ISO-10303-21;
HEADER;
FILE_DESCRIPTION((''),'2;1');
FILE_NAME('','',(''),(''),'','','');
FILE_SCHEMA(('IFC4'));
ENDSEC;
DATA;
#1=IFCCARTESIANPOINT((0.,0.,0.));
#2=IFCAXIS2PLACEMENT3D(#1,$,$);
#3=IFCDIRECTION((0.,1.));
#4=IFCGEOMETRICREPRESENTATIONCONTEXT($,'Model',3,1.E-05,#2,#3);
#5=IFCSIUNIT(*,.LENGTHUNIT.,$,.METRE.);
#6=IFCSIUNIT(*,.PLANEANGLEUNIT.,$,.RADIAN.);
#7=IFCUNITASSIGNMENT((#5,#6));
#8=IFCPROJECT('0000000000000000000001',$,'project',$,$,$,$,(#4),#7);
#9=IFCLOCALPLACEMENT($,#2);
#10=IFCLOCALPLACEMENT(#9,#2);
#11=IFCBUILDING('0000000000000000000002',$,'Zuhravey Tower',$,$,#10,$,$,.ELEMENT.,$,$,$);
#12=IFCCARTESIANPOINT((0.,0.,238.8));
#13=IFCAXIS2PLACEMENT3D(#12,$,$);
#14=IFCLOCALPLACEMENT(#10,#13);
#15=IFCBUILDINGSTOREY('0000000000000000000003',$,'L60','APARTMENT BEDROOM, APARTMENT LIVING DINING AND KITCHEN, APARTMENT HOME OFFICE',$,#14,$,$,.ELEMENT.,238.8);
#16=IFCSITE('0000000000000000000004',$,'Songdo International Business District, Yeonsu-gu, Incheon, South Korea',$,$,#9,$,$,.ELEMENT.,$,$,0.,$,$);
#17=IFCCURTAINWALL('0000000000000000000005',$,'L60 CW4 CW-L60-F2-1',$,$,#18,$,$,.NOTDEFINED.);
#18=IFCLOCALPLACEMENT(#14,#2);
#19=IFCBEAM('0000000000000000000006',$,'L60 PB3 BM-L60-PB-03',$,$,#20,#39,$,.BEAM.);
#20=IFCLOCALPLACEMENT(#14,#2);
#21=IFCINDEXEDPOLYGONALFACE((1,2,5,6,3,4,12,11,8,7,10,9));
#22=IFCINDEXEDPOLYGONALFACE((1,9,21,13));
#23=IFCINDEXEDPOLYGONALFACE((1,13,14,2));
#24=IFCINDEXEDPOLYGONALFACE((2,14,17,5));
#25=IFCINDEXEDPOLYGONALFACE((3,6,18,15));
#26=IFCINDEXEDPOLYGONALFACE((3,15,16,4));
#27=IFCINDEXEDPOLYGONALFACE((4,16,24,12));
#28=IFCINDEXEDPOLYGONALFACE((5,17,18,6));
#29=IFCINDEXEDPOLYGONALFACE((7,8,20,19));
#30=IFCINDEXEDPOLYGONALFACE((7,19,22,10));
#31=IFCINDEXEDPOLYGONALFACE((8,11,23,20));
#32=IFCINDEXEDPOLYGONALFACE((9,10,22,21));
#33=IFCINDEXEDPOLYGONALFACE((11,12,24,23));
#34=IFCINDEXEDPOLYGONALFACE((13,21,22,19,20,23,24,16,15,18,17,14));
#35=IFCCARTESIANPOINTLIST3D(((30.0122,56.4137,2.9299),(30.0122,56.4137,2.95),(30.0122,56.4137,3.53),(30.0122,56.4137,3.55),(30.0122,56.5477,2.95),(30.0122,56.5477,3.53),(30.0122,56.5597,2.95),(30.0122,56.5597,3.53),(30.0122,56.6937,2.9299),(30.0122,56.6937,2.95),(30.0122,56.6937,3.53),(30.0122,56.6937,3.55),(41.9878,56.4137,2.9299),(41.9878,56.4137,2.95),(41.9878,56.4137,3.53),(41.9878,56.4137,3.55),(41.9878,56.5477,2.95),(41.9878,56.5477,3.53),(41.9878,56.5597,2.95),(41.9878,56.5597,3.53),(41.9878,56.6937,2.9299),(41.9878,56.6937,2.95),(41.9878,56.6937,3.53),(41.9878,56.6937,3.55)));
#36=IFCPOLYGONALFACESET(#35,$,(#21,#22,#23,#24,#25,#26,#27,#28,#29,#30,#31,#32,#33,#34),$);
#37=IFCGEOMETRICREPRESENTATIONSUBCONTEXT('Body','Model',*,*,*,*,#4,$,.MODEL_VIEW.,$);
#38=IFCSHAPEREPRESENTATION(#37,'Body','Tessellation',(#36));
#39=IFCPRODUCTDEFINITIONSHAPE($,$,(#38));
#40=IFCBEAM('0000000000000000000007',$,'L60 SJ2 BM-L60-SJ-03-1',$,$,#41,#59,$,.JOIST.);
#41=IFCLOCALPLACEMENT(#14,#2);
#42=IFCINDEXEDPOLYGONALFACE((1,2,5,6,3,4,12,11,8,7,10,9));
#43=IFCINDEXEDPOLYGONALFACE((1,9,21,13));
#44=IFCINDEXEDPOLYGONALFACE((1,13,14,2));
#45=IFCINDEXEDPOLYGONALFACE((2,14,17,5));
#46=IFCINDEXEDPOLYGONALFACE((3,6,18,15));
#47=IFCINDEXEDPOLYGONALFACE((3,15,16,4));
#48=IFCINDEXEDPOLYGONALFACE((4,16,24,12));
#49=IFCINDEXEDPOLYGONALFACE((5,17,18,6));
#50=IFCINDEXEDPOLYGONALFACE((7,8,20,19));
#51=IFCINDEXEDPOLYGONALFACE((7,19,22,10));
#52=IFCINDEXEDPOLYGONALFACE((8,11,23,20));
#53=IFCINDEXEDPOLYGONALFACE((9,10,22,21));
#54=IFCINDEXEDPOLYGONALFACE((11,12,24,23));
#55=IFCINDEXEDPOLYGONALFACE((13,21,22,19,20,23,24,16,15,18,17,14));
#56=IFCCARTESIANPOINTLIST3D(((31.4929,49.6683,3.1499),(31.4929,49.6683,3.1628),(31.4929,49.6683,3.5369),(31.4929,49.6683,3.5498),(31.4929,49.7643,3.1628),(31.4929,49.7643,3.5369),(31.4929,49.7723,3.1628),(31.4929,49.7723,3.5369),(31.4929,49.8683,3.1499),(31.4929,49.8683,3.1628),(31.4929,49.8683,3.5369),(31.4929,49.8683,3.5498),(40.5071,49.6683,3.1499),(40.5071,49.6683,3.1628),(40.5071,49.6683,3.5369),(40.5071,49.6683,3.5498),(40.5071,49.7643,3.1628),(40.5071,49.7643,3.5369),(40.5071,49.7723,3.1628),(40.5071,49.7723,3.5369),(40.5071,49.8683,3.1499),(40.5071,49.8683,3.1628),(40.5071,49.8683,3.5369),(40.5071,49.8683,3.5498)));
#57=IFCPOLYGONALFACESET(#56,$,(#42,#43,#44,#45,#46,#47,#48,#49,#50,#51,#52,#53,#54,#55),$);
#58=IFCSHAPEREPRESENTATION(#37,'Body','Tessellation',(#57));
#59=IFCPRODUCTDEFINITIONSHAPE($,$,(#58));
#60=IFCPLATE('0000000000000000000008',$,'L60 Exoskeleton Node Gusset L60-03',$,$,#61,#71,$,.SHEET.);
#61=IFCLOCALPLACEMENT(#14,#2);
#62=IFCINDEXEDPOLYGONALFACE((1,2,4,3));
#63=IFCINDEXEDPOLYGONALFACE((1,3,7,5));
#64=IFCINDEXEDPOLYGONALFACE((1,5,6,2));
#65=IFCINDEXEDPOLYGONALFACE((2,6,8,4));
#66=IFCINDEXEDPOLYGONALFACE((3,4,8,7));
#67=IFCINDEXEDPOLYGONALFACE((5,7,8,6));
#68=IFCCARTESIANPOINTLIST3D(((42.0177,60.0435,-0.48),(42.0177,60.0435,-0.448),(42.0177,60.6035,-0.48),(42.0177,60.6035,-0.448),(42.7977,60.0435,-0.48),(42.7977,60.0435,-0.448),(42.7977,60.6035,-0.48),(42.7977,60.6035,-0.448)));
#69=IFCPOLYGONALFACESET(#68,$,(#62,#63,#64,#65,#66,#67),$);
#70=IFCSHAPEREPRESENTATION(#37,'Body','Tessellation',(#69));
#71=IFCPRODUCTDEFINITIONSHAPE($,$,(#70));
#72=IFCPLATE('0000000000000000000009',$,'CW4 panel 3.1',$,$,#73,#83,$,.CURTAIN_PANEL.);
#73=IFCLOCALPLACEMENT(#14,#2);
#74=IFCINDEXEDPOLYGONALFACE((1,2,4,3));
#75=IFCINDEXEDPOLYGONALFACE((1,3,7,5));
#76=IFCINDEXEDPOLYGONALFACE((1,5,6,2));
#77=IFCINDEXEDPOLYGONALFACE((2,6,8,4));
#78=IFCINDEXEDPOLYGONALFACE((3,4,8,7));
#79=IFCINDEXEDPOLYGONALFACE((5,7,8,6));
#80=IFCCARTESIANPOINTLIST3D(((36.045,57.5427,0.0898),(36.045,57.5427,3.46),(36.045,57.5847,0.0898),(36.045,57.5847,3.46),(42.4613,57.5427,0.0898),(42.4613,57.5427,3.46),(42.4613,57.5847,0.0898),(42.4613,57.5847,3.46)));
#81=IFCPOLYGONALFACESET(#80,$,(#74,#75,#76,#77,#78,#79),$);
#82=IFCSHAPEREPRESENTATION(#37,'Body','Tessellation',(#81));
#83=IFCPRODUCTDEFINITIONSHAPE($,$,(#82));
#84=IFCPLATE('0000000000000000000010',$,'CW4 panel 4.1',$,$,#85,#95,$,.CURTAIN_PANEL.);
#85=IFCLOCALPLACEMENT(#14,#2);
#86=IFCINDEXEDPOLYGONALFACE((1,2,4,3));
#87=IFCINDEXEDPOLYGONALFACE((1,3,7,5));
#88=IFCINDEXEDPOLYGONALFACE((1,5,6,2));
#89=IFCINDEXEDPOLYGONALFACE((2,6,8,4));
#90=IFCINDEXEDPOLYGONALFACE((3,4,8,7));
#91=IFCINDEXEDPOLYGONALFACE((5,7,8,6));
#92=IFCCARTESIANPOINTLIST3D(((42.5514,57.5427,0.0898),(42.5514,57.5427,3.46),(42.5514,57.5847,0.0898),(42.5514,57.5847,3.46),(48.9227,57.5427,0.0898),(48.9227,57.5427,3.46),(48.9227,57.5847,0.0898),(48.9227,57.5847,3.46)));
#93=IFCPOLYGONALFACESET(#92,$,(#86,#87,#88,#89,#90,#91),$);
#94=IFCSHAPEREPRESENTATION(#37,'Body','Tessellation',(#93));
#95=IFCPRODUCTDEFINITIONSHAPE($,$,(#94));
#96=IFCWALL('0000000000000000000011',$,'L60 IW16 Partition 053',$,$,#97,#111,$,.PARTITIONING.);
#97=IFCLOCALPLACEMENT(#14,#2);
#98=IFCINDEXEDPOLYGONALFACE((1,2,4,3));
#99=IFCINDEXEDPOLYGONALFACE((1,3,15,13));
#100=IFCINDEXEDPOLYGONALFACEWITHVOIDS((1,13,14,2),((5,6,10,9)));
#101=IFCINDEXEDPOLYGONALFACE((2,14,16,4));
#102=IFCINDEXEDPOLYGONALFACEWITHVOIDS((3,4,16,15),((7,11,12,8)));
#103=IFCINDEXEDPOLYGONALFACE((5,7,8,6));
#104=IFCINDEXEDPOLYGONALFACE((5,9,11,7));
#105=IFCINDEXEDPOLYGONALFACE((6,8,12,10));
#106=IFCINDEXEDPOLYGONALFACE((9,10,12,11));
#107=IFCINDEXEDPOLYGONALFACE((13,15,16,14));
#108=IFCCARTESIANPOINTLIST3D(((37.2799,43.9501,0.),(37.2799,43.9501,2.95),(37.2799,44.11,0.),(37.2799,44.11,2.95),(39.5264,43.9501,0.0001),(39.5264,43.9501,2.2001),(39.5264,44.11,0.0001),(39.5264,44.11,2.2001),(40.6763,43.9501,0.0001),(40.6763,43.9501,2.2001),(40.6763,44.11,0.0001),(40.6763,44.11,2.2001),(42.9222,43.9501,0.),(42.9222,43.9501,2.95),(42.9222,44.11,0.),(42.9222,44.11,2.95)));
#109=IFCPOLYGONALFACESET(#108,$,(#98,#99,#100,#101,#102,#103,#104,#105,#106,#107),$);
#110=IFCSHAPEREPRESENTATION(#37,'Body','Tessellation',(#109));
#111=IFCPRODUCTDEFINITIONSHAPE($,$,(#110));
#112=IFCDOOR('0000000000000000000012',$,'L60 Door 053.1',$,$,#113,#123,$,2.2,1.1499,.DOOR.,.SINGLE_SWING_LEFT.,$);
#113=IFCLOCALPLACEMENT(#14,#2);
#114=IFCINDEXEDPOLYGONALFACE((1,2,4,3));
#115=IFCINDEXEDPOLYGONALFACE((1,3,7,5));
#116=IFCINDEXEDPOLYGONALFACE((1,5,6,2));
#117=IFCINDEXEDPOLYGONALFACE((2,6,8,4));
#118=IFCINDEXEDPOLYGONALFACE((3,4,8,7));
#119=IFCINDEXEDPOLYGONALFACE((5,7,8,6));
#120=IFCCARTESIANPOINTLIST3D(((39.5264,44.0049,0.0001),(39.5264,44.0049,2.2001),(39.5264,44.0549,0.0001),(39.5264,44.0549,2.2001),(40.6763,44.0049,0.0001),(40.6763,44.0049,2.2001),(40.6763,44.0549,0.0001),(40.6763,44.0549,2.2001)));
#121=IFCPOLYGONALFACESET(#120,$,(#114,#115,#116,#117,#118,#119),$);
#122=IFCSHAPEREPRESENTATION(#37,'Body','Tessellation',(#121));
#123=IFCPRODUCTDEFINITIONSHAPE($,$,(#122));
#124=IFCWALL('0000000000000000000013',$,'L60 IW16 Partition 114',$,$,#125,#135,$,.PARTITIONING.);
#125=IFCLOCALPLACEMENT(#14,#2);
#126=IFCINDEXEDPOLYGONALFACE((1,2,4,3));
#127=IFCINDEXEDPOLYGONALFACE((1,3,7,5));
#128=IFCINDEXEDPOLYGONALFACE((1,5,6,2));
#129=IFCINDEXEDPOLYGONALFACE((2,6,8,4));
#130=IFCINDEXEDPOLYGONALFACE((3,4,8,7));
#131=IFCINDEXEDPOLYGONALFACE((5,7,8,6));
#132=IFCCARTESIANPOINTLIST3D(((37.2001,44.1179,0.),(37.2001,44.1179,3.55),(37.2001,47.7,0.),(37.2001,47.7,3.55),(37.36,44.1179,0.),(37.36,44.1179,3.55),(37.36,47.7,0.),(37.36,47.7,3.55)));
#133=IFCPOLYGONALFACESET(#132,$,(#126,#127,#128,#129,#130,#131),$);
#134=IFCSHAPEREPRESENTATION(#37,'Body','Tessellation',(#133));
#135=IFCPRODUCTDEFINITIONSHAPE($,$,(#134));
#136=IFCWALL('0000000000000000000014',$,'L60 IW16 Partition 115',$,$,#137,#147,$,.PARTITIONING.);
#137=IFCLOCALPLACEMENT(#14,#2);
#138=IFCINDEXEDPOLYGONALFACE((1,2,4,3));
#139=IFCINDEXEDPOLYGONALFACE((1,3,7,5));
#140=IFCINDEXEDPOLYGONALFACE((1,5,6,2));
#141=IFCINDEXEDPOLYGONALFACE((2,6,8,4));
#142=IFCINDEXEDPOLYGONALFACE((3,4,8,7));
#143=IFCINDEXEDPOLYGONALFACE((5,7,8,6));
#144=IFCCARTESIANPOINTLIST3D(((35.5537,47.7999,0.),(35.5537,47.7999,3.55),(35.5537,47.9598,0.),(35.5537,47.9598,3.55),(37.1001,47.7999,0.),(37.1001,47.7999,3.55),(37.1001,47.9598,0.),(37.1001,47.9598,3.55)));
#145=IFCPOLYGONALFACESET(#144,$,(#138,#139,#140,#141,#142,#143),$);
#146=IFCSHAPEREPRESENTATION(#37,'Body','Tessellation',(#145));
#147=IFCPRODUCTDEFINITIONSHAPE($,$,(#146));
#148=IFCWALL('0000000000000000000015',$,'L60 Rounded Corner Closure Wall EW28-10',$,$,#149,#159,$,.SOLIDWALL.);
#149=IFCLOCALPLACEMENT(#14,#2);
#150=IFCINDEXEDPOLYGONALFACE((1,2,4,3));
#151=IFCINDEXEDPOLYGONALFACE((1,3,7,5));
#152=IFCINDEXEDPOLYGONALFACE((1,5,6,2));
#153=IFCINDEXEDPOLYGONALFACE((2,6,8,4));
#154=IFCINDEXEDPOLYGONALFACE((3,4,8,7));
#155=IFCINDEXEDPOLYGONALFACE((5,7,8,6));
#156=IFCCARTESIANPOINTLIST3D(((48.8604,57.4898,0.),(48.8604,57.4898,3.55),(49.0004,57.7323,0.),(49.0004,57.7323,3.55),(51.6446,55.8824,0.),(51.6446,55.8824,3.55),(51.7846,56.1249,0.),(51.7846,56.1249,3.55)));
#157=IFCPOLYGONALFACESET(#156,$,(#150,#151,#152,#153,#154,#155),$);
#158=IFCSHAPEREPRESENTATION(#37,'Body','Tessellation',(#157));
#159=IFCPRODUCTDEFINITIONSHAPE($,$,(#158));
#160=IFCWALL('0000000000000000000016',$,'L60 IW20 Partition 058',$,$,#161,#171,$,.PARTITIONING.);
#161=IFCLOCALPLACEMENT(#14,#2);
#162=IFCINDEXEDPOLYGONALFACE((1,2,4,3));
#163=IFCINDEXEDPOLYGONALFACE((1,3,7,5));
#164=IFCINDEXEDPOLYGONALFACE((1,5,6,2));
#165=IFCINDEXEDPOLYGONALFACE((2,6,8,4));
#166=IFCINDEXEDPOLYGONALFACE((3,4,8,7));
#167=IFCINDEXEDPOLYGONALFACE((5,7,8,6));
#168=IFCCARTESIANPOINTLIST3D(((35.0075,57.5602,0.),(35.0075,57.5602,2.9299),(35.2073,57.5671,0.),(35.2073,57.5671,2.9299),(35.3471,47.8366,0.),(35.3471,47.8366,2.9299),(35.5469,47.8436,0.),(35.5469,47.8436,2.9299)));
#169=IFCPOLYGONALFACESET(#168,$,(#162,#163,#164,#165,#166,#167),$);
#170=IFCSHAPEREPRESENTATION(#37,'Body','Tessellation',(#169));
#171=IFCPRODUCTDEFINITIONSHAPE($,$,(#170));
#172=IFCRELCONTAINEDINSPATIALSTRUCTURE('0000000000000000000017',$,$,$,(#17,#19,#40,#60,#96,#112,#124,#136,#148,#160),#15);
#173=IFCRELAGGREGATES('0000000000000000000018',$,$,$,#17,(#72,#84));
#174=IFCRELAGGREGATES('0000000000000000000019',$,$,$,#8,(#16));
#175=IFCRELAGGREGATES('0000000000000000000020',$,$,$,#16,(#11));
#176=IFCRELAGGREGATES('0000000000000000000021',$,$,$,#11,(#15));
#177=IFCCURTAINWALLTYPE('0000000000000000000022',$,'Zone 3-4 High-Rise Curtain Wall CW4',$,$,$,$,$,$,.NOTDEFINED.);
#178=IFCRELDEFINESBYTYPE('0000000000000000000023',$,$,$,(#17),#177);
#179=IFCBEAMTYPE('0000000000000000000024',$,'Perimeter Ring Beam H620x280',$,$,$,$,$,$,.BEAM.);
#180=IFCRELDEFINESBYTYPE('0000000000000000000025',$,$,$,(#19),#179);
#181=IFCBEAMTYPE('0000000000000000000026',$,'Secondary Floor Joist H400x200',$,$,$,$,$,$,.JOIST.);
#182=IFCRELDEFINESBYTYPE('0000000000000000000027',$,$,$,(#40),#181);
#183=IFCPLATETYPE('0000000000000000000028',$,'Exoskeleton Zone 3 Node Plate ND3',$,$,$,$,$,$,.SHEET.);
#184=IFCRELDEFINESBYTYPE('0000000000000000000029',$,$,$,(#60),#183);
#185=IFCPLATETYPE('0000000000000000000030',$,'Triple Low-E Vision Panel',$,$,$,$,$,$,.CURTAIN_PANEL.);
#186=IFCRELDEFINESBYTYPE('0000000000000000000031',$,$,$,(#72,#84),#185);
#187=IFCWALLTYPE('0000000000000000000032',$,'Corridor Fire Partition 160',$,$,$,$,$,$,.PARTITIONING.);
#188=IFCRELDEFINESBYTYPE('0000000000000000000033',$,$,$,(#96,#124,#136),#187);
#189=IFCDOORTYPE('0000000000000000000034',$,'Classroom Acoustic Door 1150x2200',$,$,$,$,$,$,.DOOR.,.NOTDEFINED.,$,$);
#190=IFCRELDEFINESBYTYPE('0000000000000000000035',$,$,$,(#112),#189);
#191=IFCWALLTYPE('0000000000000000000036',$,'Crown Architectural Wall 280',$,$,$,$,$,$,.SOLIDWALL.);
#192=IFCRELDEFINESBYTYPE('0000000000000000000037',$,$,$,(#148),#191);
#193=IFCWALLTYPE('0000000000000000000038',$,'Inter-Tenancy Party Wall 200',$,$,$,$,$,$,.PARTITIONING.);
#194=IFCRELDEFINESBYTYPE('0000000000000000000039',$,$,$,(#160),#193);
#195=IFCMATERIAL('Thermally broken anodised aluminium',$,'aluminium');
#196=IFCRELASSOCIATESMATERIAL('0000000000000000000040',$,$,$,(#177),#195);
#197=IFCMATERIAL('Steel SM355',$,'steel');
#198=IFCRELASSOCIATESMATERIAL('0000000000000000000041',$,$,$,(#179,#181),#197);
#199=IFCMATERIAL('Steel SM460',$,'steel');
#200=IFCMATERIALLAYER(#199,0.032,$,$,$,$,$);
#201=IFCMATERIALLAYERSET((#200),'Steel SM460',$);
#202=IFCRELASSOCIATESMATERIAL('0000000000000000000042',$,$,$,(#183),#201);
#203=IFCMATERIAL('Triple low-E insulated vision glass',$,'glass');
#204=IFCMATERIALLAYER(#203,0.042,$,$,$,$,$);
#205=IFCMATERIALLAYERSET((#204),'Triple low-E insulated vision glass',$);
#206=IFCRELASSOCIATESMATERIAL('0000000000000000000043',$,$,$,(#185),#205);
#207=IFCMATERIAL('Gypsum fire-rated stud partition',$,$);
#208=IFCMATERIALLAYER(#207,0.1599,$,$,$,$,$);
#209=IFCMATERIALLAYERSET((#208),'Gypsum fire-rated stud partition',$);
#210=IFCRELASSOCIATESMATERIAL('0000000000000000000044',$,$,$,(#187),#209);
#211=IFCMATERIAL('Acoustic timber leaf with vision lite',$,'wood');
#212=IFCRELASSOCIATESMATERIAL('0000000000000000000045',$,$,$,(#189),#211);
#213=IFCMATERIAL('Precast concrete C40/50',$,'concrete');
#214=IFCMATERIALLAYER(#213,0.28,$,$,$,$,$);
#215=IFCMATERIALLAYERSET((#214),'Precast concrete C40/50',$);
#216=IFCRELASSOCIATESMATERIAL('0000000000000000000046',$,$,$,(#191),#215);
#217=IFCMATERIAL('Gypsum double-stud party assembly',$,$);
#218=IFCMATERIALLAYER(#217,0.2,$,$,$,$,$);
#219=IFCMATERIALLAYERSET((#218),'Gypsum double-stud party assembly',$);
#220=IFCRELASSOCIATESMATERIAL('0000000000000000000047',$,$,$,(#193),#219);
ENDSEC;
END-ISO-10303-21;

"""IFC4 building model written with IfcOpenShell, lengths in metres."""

from ifc_helpers import new_model, si_unit, direction, frame, frame_2d, origin, origin_2d, place, context, subcontext, project, spatial, rectangle, i_section, extrude, material, layer, layer_set, material_profile, profile_set, type_object, element, fill, aggregate, save


model = new_model("IFC4")

# Units and contexts
model_context = context("Model", 3, precision=1e-05, world=origin(), true_north=direction((0.0, 1.0)))
body_context = subcontext(model_context, "Body", "Model", "MODEL_VIEW")
ifc_project = project(units=[si_unit("LENGTHUNIT", "METRE"), si_unit("PLANEANGLEUNIT", "RADIAN")], contexts=[model_context])

# Site, building, storey
site_placement = place(None, origin())
site = spatial("IfcSite", under=ifc_project, at=site_placement, Name="Songdo International Business District, Yeonsu-gu, Incheon, South Korea", CompositionType="ELEMENT", RefElevation=0.0)
building_placement = place(site_placement, origin())
building = spatial("IfcBuilding", under=site, at=building_placement, Name="Zuhravey Tower", CompositionType="ELEMENT")
storey_placement = place(building_placement, frame((0.0, 0.0, 238.8)))
storey = spatial("IfcBuildingStorey", under=building, at=storey_placement, Name="L60", Description="APARTMENT BEDROOM, APARTMENT LIVING DINING AND KITCHEN, APARTMENT HOME OFFICE", CompositionType="ELEMENT", Elevation=238.8)

# Curtain wall
ifc_material_1 = material(Name="Thermally broken anodised aluminium", Category="aluminium")
curtain_wall_type = type_object("IfcCurtainWallType", Name="Zone 3-4 High-Rise Curtain Wall CW4", PredefinedType="NOTDEFINED", material=ifc_material_1)
curtain_wall_placement = place(storey_placement, origin())
curtain_wall = element("IfcCurtainWall", 1, at=curtain_wall_placement, inside=storey, type_object=curtain_wall_type, Name="L60 CW4 CW-L60-F2-1", PredefinedType="NOTDEFINED")

# Shared definitions
ifc_material_2 = material(Name="Steel SM355", Category="steel")

# Beams
ifc_material_profile_1 = material_profile(ifc_material_2, i_section(OverallWidth=0.28, OverallDepth=0.6201, WebThickness=0.012, FlangeThickness=0.02, at=origin_2d()), Name="H-620x280x12x20")
ifc_profile_set_1 = profile_set([ifc_material_profile_1], Name="Steel SM355")
beam_type_1 = type_object("IfcBeamType", Name="Perimeter Ring Beam H620x280", PredefinedType="BEAM", material=ifc_profile_set_1)
beam_1_placement = place(storey_placement, frame((41.9878, 56.5537, 3.24), z_axis=(-1.0, 0.0, 0.0), x_axis=(0.0, -1.0, 0.0)))
element("IfcBeam", 2, at=beam_1_placement, inside=storey, type_object=beam_type_1, Name="L60 PB3 BM-L60-PB-03", PredefinedType="BEAM", context=body_context, shape_type="SweptSolid", body=[
    extrude(i_section(OverallWidth=0.28, OverallDepth=0.6201, WebThickness=0.012, FlangeThickness=0.02, at=origin_2d()), origin(), (0.0, 0.0, 1.0), 11.9756),
])
ifc_material_profile_2 = material_profile(ifc_material_2, i_section(OverallWidth=0.2, OverallDepth=0.3999, WebThickness=0.0081, FlangeThickness=0.0129, at=origin_2d()), Name="H-400x200x8x13")
ifc_profile_set_2 = profile_set([ifc_material_profile_2], Name="Steel SM355")
beam_type_2 = type_object("IfcBeamType", Name="Secondary Floor Joist H400x200", PredefinedType="JOIST", material=ifc_profile_set_2)
beam_2_placement = place(storey_placement, frame((40.5071, 49.7683, 3.3499), z_axis=(-1.0, 0.0, 0.0), x_axis=(0.0, -1.0, 0.0)))
element("IfcBeam", 3, at=beam_2_placement, inside=storey, type_object=beam_type_2, Name="L60 SJ2 BM-L60-SJ-03-1", PredefinedType="JOIST", context=body_context, shape_type="SweptSolid", body=[
    extrude(i_section(OverallWidth=0.2, OverallDepth=0.3999, WebThickness=0.0081, FlangeThickness=0.0129, at=origin_2d()), origin(), (0.0, 0.0, 1.0), 9.0142),
])

# Plates
ifc_material_3 = material(Name="Steel SM460", Category="steel")
ifc_layer_1 = layer(ifc_material_3, 0.032)
ifc_layer_set_1 = layer_set([ifc_layer_1], Name="Steel SM460")
plate_type_1 = type_object("IfcPlateType", Name="Exoskeleton Zone 3 Node Plate ND3", PredefinedType="SHEET", material=ifc_layer_set_1)
plate_1_placement = place(storey_placement, frame((42.4077, 60.3235, -0.48), z_axis=(0.0, 0.0, 1.0), x_axis=(-1.0, 0.0, 0.0)))
element("IfcPlate", 4, at=plate_1_placement, inside=storey, type_object=plate_type_1, Name="L60 Exoskeleton Node Gusset L60-03", PredefinedType="SHEET", context=body_context, shape_type="SweptSolid", body=[
    extrude(rectangle(XDim=0.78, YDim=0.5601, at=origin_2d()), origin(), (0.0, 0.0, 1.0), 0.032),
])
ifc_material_4 = material(Name="Triple low-E insulated vision glass", Category="glass")
ifc_layer_2 = layer(ifc_material_4, 0.042)
ifc_layer_set_2 = layer_set([ifc_layer_2], Name="Triple low-E insulated vision glass")
plate_type_2 = type_object("IfcPlateType", Name="Triple Low-E Vision Panel", PredefinedType="CURTAIN_PANEL", material=ifc_layer_set_2)
plate_2_placement = place(storey_placement, frame((39.2532, 57.5637, 0.0898), z_axis=(0.0, 0.0, 1.0), x_axis=(1.0, 0.0, 0.0)))
plate_2 = element("IfcPlate", 5, at=plate_2_placement, type_object=plate_type_2, Name="CW4 panel 3.1", PredefinedType="CURTAIN_PANEL", context=body_context, shape_type="SweptSolid", body=[
    extrude(rectangle(XDim=6.4163, YDim=0.042, at=origin_2d()), origin(), (0.0, 0.0, 1.0), 3.3701),
])
plate_3_placement = place(storey_placement, frame((45.7371, 57.5637, 0.0898), z_axis=(0.0, 0.0, 1.0), x_axis=(1.0, 0.0, 0.0)))
plate_3 = element("IfcPlate", 6, at=plate_3_placement, type_object=plate_type_2, Name="CW4 panel 4.1", PredefinedType="CURTAIN_PANEL", context=body_context, shape_type="SweptSolid", body=[
    extrude(rectangle(XDim=6.3713, YDim=0.042, at=origin_2d()), origin(), (0.0, 0.0, 1.0), 3.3701),
])
aggregate(curtain_wall, [plate_2, plate_3])

# Wall, opening, door
ifc_material_5 = material(Name="Gypsum fire-rated stud partition")
ifc_layer_3 = layer(ifc_material_5, 0.1599)
ifc_layer_set_3 = layer_set([ifc_layer_3], Name="Gypsum fire-rated stud partition")
wall_type_1 = type_object("IfcWallType", Name="Corridor Fire Partition 160", PredefinedType="PARTITIONING", material=ifc_layer_set_3)
wall_1_placement = place(storey_placement, frame((42.9224, 44.03, 0.0), z_axis=(0.0, 0.0, 1.0), x_axis=(-1.0, 0.0, 0.0)))
wall_1 = element("IfcWall", 7, at=wall_1_placement, inside=storey, type_object=wall_type_1, Name="L60 IW16 Partition 053", PredefinedType="PARTITIONING", context=body_context, shape_type="SweptSolid", body=[
    extrude(rectangle(XDim=5.6423, YDim=0.1599, at=frame_2d((2.8213, 0.0))), origin(), (0.0, 0.0, 1.0), 2.95),
])
opening_1_placement = place(wall_1_placement, frame((2.2461, 0.0, 0.0)))
opening_1 = element("IfcOpeningElement", 8, at=opening_1_placement, cuts=wall_1, PredefinedType="OPENING", context=body_context, shape_type="SweptSolid", body=[
    extrude(rectangle(XDim=1.1499, YDim=2.2, at=frame_2d((0.575, 1.1001))), frame((0.0, 0.092, 0.0), z_axis=(0.0, -1.0, 0.0), x_axis=(1.0, 0.0, 0.0)), (0.0, 0.0, 1.0), 0.1838),
])
ifc_material_6 = material(Name="Acoustic timber leaf with vision lite", Category="wood")
door_type_1 = type_object("IfcDoorType", Name="Classroom Acoustic Door 1150x2200", OperationType="NOTDEFINED", PredefinedType="DOOR", material=ifc_material_6)
door_1_placement = place(opening_1_placement, frame((1.1499, 0.0, 0.0), z_axis=(0.0, 0.0, 1.0), x_axis=(-1.0, 0.0, 0.0)))
door_1 = element("IfcDoor", 9, at=door_1_placement, inside=storey, type_object=door_type_1, Name="L60 Door 053.1", OperationType="SINGLE_SWING_LEFT", OverallHeight=2.2, OverallWidth=1.1499, PredefinedType="DOOR", context=body_context, shape_type="SweptSolid", body=[
    extrude(rectangle(XDim=1.1499, YDim=2.2, at=frame_2d((0.575, 1.1001))), frame((0.0, 0.0249, 0.0), z_axis=(0.0, -1.0, 0.0), x_axis=(1.0, 0.0, 0.0)), (0.0, 0.0, 1.0), 0.05),
])
fill(opening_1, door_1)

# Walls
wall_2_placement = place(storey_placement, frame((37.28, 44.1179, 0.0), z_axis=(0.0, 0.0, 1.0), x_axis=(0.0, 1.0, 0.0)))
element("IfcWall", 10, at=wall_2_placement, inside=storey, type_object=wall_type_1, Name="L60 IW16 Partition 114", PredefinedType="PARTITIONING", context=body_context, shape_type="SweptSolid", body=[
    extrude(rectangle(XDim=3.582, YDim=0.1599, at=frame_2d((1.791, 0.0))), origin(), (0.0, 0.0, 1.0), 3.55),
])
wall_3_placement = place(storey_placement, frame((37.1001, 47.8799, 0.0), z_axis=(0.0, 0.0, 1.0), x_axis=(-1.0, 0.0, 0.0)))
element("IfcWall", 11, at=wall_3_placement, inside=storey, type_object=wall_type_1, Name="L60 IW16 Partition 115", PredefinedType="PARTITIONING", context=body_context, shape_type="SweptSolid", body=[
    extrude(rectangle(XDim=1.5464, YDim=0.1599, at=frame_2d((0.7732, 0.0))), origin(), (0.0, 0.0, 1.0), 3.55),
])
ifc_material_7 = material(Name="Precast concrete C40/50", Category="concrete")
ifc_layer_4 = layer(ifc_material_7, 0.28)
ifc_layer_set_4 = layer_set([ifc_layer_4], Name="Precast concrete C40/50")
wall_type_2 = type_object("IfcWallType", Name="Crown Architectural Wall 280", PredefinedType="SOLIDWALL", material=ifc_layer_set_4)
wall_4_placement = place(storey_placement, frame((48.9304, 57.6111, 0.0), z_axis=(0.0, 0.0, 1.0), x_axis=(0.866029, -0.499994, 0.0)))
element("IfcWall", 12, at=wall_4_placement, inside=storey, type_object=wall_type_2, Name="L60 Rounded Corner Closure Wall EW28-10", PredefinedType="SOLIDWALL", context=body_context, shape_type="SweptSolid", body=[
    extrude(rectangle(XDim=3.2148, YDim=0.28, at=frame_2d((1.6074, 0.0))), origin(), (0.0, 0.0, 1.0), 3.55),
])
ifc_material_8 = material(Name="Gypsum double-stud party assembly")
ifc_layer_5 = layer(ifc_material_8, 0.2)
ifc_layer_set_5 = layer_set([ifc_layer_5], Name="Gypsum double-stud party assembly")
wall_type_3 = type_object("IfcWallType", Name="Inter-Tenancy Party Wall 200", PredefinedType="PARTITIONING", material=ifc_layer_set_5)
wall_5_placement = place(storey_placement, frame((35.447, 47.8401, 0.0), z_axis=(0.0, 0.0, 1.0), x_axis=(-0.034904, 0.999391, 0.0)))
element("IfcWall", 13, at=wall_5_placement, inside=storey, type_object=wall_type_3, Name="L60 IW20 Partition 058", PredefinedType="PARTITIONING", context=body_context, shape_type="SweptSolid", body=[
    extrude(rectangle(XDim=9.7295, YDim=0.2, at=frame_2d((4.8647, 0.0))), origin(), (0.0, 0.0, 1.0), 2.9299),
])

save(model, "model.ifc")
